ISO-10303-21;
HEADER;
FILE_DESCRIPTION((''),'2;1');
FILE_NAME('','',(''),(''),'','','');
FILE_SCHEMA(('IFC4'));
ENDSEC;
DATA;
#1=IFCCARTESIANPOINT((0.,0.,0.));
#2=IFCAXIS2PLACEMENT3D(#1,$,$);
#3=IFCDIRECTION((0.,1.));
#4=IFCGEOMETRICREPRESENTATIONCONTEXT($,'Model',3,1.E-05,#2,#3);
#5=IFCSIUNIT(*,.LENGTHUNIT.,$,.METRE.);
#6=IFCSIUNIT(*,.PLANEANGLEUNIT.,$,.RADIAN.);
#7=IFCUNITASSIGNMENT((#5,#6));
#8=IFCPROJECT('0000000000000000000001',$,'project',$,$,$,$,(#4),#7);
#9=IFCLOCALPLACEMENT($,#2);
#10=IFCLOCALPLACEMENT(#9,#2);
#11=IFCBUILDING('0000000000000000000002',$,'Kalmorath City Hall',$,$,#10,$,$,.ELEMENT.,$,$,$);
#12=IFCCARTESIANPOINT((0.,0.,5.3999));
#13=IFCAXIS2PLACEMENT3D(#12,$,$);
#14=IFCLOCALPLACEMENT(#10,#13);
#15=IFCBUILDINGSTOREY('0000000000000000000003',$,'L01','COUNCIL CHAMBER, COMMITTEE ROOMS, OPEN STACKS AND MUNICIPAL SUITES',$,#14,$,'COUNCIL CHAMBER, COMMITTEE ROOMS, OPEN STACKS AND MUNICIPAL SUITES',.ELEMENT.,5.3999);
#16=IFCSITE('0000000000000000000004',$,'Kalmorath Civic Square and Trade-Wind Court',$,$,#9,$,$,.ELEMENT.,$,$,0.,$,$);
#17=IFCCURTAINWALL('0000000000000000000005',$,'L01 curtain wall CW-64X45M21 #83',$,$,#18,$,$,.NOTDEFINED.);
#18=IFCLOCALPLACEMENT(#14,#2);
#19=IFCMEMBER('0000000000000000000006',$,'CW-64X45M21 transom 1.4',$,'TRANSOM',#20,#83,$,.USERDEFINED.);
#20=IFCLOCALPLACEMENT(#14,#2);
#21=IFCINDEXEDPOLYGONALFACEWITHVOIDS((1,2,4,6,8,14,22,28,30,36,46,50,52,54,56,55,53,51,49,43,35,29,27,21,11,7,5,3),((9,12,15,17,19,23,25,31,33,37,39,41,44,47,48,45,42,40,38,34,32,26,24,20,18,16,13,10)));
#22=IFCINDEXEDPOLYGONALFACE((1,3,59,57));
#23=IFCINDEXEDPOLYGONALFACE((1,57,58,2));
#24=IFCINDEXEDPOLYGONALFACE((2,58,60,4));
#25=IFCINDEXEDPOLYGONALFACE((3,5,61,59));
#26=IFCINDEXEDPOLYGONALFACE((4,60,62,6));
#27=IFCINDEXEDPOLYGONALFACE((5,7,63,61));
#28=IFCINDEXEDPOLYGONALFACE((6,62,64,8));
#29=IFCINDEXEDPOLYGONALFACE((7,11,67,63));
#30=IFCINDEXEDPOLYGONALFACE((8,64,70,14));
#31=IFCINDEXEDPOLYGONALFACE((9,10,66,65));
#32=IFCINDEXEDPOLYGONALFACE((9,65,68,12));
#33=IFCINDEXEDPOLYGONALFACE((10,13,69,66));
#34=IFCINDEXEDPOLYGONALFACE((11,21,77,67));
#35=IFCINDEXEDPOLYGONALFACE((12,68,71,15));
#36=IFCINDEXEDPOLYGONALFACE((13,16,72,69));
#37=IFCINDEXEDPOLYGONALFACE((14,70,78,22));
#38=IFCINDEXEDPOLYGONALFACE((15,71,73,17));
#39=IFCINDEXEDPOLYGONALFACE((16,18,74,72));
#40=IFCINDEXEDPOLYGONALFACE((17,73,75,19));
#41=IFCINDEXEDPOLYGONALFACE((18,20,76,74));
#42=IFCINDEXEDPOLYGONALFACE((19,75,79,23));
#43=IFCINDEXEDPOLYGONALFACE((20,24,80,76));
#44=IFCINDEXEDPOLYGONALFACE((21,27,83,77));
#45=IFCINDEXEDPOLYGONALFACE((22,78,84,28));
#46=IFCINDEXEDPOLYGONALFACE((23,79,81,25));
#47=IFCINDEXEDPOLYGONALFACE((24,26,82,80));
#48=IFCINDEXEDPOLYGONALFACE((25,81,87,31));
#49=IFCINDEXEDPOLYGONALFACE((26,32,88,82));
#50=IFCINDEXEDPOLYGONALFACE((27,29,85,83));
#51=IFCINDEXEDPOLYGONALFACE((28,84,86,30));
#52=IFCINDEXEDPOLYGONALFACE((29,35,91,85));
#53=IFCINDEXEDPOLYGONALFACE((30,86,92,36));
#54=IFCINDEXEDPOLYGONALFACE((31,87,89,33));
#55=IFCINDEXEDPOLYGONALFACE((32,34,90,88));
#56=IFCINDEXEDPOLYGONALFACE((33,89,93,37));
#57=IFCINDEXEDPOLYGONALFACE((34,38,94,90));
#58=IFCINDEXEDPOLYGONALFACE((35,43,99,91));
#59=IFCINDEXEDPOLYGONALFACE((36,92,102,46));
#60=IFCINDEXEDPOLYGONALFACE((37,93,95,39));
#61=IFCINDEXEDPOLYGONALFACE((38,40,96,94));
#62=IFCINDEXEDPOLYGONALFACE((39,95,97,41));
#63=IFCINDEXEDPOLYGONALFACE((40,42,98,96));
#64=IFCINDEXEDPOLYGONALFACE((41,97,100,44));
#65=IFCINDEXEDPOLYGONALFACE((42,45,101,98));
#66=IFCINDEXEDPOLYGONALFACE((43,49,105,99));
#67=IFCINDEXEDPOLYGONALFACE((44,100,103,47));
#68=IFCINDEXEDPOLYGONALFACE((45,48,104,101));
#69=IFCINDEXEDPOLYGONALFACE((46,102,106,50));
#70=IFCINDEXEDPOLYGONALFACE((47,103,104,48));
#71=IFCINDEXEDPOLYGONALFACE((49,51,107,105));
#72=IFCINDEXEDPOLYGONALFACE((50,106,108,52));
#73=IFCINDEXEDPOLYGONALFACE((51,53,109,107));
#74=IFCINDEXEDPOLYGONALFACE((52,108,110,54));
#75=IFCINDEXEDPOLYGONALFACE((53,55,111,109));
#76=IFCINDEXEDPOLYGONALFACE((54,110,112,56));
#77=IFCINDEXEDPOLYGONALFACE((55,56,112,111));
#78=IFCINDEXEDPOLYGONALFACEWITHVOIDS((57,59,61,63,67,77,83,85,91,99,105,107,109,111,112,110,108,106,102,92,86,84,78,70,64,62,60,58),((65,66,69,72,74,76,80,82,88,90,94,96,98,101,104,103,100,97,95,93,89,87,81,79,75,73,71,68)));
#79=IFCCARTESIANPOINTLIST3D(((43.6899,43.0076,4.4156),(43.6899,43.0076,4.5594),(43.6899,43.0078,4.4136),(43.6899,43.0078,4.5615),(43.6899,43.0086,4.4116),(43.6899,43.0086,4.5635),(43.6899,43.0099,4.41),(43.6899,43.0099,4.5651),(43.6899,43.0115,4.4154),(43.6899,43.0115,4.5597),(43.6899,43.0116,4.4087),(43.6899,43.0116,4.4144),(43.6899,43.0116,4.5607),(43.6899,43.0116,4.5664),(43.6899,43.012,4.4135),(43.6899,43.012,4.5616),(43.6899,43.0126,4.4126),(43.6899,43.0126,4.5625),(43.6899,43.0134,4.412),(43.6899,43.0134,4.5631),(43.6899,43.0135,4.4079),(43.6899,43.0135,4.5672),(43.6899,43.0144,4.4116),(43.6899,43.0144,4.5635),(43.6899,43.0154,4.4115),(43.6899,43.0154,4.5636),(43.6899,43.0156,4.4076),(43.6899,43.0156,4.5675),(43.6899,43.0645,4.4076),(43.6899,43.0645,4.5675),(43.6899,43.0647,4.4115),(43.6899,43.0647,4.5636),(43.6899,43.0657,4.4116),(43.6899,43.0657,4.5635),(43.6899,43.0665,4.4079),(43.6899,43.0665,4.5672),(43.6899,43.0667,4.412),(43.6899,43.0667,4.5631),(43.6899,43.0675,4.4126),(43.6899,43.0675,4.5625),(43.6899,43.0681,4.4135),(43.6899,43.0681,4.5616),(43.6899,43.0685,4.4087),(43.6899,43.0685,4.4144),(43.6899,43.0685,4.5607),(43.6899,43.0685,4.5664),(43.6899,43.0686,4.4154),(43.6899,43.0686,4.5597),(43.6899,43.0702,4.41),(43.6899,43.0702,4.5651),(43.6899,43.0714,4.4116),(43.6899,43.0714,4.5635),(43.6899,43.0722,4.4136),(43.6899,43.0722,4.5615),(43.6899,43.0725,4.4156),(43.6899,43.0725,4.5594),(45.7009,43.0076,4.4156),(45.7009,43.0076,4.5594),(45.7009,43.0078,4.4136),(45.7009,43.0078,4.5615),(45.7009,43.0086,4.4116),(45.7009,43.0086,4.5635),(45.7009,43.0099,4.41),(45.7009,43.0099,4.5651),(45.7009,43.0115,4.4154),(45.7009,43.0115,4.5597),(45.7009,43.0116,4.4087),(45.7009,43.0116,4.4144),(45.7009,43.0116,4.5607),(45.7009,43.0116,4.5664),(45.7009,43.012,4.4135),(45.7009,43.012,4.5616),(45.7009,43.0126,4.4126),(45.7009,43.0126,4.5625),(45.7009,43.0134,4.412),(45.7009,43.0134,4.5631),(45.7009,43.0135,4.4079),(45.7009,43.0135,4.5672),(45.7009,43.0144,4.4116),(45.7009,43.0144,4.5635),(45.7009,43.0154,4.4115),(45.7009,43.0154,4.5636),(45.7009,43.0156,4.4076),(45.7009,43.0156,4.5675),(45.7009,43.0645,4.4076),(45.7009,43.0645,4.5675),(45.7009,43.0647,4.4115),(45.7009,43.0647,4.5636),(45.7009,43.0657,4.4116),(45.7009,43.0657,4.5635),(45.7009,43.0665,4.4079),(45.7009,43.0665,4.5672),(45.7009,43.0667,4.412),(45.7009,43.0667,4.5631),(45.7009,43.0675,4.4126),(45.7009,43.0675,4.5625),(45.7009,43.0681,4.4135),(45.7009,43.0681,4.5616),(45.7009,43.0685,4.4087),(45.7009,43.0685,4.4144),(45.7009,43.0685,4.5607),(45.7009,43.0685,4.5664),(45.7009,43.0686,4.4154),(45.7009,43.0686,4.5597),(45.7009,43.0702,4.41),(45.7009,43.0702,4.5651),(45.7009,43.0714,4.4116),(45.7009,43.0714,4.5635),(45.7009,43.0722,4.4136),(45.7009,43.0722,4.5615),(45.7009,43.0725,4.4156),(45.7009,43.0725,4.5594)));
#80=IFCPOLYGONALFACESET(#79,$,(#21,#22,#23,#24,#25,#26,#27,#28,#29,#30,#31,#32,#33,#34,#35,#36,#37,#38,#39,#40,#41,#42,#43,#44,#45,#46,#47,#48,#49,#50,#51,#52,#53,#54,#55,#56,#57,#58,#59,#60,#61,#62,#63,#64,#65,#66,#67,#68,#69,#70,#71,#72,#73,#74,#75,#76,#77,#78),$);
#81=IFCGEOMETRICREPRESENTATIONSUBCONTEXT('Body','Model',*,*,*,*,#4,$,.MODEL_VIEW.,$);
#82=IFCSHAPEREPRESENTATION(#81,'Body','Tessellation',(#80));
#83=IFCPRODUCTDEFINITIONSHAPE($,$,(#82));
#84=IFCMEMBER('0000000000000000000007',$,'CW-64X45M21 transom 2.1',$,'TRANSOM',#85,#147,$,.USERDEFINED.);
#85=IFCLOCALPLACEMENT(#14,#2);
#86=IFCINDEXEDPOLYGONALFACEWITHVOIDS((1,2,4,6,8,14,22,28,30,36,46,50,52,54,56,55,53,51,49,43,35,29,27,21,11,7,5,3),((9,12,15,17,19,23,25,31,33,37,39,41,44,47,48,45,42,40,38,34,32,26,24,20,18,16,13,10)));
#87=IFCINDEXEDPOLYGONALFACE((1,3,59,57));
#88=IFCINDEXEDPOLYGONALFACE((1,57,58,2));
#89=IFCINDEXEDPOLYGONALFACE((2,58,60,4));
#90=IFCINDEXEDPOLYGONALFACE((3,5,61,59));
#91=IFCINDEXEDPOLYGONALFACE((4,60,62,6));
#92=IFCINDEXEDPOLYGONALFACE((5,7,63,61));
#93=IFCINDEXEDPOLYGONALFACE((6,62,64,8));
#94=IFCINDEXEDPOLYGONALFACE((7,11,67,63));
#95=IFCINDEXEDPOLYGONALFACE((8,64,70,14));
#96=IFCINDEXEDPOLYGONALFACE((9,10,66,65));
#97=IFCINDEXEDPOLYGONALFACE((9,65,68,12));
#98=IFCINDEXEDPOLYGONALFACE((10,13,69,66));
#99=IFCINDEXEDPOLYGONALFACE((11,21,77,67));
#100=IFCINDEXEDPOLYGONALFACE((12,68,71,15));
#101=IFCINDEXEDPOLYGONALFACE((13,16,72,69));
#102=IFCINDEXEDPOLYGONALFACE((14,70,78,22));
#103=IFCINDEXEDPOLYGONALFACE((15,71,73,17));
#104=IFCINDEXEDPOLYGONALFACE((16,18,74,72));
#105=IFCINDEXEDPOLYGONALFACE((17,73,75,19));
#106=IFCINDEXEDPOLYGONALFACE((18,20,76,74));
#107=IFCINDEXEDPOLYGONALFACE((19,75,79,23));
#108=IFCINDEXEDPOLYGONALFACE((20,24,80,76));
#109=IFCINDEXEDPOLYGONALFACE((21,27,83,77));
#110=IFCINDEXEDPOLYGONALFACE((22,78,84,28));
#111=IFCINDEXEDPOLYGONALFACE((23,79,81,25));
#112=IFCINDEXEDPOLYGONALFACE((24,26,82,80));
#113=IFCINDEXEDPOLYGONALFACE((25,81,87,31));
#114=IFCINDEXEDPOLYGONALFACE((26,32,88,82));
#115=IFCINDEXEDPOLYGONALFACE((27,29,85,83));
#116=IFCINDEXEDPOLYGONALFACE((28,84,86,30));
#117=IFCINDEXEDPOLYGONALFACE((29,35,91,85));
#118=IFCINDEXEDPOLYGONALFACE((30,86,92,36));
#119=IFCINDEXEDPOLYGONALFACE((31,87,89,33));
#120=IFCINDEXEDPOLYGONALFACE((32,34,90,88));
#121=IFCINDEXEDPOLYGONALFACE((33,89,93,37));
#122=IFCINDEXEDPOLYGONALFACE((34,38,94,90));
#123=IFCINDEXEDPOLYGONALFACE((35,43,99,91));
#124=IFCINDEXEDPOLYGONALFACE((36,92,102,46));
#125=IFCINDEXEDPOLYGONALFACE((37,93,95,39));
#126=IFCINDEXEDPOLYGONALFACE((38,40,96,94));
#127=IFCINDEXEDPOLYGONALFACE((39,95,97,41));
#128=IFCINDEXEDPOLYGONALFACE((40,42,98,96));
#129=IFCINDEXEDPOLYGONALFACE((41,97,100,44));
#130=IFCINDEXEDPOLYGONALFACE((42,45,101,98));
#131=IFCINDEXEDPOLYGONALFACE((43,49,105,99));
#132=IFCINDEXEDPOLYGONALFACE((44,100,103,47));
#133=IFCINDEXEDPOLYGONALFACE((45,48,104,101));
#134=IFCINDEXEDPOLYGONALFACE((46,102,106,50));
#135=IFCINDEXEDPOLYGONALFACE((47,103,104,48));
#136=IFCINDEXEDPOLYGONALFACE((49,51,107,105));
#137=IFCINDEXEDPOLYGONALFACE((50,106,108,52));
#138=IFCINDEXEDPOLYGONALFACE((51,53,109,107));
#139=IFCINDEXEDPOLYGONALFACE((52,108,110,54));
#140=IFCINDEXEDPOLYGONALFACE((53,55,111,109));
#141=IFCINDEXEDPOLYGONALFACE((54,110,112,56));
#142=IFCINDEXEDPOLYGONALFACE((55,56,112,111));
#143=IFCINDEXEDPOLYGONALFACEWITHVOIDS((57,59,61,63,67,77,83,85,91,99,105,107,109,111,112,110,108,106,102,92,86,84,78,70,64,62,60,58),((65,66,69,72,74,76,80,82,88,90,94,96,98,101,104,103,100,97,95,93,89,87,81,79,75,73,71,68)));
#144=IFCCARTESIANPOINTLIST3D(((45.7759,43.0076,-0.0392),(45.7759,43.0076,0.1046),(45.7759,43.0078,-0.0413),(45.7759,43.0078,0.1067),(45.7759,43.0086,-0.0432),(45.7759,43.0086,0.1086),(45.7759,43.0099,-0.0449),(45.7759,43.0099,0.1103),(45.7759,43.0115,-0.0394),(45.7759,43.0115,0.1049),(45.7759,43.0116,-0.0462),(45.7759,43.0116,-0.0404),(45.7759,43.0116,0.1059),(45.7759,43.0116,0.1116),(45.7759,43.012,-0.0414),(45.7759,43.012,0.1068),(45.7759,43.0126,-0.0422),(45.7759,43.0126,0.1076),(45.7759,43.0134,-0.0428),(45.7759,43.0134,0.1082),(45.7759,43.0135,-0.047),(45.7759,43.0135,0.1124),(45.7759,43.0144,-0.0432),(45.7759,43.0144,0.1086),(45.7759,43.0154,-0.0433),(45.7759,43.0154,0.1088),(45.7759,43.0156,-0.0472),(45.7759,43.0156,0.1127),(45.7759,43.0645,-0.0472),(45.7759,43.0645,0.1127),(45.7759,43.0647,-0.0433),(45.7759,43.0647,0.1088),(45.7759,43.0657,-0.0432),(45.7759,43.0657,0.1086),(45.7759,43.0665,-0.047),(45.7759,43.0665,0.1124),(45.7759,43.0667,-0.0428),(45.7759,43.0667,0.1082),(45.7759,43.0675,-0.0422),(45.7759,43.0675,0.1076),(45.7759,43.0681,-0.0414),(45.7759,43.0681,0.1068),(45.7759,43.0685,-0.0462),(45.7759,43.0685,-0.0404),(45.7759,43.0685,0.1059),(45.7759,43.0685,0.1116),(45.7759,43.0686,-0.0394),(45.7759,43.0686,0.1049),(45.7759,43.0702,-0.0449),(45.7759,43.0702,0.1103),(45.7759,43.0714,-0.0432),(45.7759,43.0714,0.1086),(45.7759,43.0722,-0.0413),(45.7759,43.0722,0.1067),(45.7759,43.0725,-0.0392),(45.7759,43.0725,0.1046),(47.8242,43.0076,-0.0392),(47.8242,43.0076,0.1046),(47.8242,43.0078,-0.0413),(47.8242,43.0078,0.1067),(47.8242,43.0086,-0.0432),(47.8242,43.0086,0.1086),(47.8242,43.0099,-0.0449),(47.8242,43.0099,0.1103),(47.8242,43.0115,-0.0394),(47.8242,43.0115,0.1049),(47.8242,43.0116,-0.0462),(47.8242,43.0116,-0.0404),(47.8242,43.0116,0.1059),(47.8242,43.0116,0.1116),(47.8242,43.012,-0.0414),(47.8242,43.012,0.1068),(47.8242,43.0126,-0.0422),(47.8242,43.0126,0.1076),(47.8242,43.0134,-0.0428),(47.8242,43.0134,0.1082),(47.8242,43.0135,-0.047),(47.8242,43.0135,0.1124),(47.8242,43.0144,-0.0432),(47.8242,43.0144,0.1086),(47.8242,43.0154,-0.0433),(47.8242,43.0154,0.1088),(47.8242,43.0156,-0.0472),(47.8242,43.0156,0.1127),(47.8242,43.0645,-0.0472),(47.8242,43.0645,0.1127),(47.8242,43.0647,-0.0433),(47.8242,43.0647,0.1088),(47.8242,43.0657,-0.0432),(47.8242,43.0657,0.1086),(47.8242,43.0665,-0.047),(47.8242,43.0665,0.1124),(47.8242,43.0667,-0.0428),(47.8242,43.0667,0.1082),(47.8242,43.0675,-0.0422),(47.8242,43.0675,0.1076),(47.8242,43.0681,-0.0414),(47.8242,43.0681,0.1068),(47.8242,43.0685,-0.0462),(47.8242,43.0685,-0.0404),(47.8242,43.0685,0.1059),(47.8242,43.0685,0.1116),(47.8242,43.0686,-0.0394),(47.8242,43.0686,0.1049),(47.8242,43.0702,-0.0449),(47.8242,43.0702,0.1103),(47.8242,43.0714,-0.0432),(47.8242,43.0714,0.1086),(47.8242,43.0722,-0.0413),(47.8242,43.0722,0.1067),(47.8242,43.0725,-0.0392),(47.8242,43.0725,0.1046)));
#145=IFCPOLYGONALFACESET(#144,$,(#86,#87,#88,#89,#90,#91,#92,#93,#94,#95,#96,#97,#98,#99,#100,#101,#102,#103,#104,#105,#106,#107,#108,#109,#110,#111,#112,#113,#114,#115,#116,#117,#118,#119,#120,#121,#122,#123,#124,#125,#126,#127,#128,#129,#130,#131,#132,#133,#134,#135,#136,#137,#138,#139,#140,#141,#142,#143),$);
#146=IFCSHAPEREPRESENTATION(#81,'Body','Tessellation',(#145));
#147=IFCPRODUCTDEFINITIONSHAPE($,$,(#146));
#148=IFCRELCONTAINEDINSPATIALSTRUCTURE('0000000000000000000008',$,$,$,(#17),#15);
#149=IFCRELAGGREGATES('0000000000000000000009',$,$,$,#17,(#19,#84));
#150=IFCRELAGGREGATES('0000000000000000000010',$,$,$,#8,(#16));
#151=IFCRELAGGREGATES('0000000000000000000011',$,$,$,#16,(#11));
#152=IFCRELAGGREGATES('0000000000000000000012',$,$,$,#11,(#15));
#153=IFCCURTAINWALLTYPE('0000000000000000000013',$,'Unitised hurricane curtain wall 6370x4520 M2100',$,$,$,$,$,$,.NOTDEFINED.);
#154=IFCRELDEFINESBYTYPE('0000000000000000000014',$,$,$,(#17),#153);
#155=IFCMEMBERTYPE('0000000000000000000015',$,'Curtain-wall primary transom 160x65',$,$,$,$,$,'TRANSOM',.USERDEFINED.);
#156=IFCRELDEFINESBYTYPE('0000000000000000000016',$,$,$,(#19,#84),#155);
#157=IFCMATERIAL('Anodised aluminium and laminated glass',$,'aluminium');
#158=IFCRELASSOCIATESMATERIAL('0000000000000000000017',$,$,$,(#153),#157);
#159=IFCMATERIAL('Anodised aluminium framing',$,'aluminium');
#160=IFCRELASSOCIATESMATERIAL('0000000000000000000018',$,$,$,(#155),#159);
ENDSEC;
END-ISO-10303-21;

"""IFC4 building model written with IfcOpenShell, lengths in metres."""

from ifc_helpers import new_model, si_unit, direction, frame, origin, origin_2d, place, context, subcontext, project, spatial, hollow_rectangle, extrude, material, material_profile, profile_set, type_object, element, aggregate, save


model = new_model("IFC4")

# Units and contexts
model_context = context("Model", 3, precision=1e-05, world=origin(), true_north=direction((0.0, 1.0)))
body_context = subcontext(model_context, "Body", "Model", "MODEL_VIEW")
ifc_project = project(units=[si_unit("LENGTHUNIT", "METRE"), si_unit("PLANEANGLEUNIT", "RADIAN")], contexts=[model_context])

# Site, building, storey
site_placement = place(None, origin())
site = spatial("IfcSite", under=ifc_project, at=site_placement, Name="Kalmorath Civic Square and Trade-Wind Court", CompositionType="ELEMENT", RefElevation=0.0)
building_placement = place(site_placement, origin())
building = spatial("IfcBuilding", under=site, at=building_placement, Name="Kalmorath City Hall", CompositionType="ELEMENT")
storey_placement = place(building_placement, frame((0.0, 0.0, 5.3999)))
storey = spatial("IfcBuildingStorey", under=building, at=storey_placement, Name="L01", Description="COUNCIL CHAMBER, COMMITTEE ROOMS, OPEN STACKS AND MUNICIPAL SUITES", LongName="COUNCIL CHAMBER, COMMITTEE ROOMS, OPEN STACKS AND MUNICIPAL SUITES", CompositionType="ELEMENT", Elevation=5.3999)

# Curtain wall
ifc_material_1 = material(Name="Anodised aluminium and laminated glass", Category="aluminium")
curtain_wall_type_1 = type_object("IfcCurtainWallType", Name="Unitised hurricane curtain wall 6370x4520 M2100", PredefinedType="NOTDEFINED", material=ifc_material_1)
curtain_wall_1_placement = place(storey_placement, origin())
curtain_wall_1 = element("IfcCurtainWall", 1, at=curtain_wall_1_placement, inside=storey, type_object=curtain_wall_type_1, Name="L01 curtain wall CW-64X45M21 #83", PredefinedType="NOTDEFINED")

# Members
ifc_material_2 = material(Name="Anodised aluminium framing", Category="aluminium")
ifc_material_profile_1 = material_profile(ifc_material_2, hollow_rectangle(XDim=0.0649, YDim=0.1599, WallThickness=0.0039, InnerFilletRadius=0.0039, OuterFilletRadius=0.0081, at=origin_2d()), Name="ALU-TRN-160X65X4")
ifc_profile_set_1 = profile_set([ifc_material_profile_1], Name="Anodised aluminium framing")
member_type_1 = type_object("IfcMemberType", Name="Curtain-wall primary transom 160x65", ElementType="TRANSOM", PredefinedType="USERDEFINED", material=ifc_profile_set_1)
member_1_placement = place(storey_placement, frame((43.6899, 43.04, 4.4875), z_axis=(1.0, 0.0, 0.0), x_axis=(0.0, 1.0, 0.0)))
member_1 = element("IfcMember", 2, at=member_1_placement, type_object=member_type_1, Name="CW-64X45M21 transom 1.4", ObjectType="TRANSOM", PredefinedType="USERDEFINED", context=body_context, shape_type="SweptSolid", body=[
    extrude(hollow_rectangle(XDim=0.0649, YDim=0.1599, WallThickness=0.0039, InnerFilletRadius=0.0039, OuterFilletRadius=0.0081, at=origin_2d()), origin(), (0.0, 0.0, 1.0), 2.011),
])
member_2_placement = place(storey_placement, frame((45.7759, 43.04, 0.0327), z_axis=(1.0, 0.0, 0.0), x_axis=(0.0, 1.0, 0.0)))
member_2 = element("IfcMember", 3, at=member_2_placement, type_object=member_type_1, Name="CW-64X45M21 transom 2.1", ObjectType="TRANSOM", PredefinedType="USERDEFINED", context=body_context, shape_type="SweptSolid", body=[
    extrude(hollow_rectangle(XDim=0.0649, YDim=0.1599, WallThickness=0.0039, InnerFilletRadius=0.0039, OuterFilletRadius=0.0081, at=origin_2d()), origin(), (0.0, 0.0, 1.0), 2.0483),
])

aggregate(curtain_wall_1, [member_1, member_2])

save(model, "model.ifc")
